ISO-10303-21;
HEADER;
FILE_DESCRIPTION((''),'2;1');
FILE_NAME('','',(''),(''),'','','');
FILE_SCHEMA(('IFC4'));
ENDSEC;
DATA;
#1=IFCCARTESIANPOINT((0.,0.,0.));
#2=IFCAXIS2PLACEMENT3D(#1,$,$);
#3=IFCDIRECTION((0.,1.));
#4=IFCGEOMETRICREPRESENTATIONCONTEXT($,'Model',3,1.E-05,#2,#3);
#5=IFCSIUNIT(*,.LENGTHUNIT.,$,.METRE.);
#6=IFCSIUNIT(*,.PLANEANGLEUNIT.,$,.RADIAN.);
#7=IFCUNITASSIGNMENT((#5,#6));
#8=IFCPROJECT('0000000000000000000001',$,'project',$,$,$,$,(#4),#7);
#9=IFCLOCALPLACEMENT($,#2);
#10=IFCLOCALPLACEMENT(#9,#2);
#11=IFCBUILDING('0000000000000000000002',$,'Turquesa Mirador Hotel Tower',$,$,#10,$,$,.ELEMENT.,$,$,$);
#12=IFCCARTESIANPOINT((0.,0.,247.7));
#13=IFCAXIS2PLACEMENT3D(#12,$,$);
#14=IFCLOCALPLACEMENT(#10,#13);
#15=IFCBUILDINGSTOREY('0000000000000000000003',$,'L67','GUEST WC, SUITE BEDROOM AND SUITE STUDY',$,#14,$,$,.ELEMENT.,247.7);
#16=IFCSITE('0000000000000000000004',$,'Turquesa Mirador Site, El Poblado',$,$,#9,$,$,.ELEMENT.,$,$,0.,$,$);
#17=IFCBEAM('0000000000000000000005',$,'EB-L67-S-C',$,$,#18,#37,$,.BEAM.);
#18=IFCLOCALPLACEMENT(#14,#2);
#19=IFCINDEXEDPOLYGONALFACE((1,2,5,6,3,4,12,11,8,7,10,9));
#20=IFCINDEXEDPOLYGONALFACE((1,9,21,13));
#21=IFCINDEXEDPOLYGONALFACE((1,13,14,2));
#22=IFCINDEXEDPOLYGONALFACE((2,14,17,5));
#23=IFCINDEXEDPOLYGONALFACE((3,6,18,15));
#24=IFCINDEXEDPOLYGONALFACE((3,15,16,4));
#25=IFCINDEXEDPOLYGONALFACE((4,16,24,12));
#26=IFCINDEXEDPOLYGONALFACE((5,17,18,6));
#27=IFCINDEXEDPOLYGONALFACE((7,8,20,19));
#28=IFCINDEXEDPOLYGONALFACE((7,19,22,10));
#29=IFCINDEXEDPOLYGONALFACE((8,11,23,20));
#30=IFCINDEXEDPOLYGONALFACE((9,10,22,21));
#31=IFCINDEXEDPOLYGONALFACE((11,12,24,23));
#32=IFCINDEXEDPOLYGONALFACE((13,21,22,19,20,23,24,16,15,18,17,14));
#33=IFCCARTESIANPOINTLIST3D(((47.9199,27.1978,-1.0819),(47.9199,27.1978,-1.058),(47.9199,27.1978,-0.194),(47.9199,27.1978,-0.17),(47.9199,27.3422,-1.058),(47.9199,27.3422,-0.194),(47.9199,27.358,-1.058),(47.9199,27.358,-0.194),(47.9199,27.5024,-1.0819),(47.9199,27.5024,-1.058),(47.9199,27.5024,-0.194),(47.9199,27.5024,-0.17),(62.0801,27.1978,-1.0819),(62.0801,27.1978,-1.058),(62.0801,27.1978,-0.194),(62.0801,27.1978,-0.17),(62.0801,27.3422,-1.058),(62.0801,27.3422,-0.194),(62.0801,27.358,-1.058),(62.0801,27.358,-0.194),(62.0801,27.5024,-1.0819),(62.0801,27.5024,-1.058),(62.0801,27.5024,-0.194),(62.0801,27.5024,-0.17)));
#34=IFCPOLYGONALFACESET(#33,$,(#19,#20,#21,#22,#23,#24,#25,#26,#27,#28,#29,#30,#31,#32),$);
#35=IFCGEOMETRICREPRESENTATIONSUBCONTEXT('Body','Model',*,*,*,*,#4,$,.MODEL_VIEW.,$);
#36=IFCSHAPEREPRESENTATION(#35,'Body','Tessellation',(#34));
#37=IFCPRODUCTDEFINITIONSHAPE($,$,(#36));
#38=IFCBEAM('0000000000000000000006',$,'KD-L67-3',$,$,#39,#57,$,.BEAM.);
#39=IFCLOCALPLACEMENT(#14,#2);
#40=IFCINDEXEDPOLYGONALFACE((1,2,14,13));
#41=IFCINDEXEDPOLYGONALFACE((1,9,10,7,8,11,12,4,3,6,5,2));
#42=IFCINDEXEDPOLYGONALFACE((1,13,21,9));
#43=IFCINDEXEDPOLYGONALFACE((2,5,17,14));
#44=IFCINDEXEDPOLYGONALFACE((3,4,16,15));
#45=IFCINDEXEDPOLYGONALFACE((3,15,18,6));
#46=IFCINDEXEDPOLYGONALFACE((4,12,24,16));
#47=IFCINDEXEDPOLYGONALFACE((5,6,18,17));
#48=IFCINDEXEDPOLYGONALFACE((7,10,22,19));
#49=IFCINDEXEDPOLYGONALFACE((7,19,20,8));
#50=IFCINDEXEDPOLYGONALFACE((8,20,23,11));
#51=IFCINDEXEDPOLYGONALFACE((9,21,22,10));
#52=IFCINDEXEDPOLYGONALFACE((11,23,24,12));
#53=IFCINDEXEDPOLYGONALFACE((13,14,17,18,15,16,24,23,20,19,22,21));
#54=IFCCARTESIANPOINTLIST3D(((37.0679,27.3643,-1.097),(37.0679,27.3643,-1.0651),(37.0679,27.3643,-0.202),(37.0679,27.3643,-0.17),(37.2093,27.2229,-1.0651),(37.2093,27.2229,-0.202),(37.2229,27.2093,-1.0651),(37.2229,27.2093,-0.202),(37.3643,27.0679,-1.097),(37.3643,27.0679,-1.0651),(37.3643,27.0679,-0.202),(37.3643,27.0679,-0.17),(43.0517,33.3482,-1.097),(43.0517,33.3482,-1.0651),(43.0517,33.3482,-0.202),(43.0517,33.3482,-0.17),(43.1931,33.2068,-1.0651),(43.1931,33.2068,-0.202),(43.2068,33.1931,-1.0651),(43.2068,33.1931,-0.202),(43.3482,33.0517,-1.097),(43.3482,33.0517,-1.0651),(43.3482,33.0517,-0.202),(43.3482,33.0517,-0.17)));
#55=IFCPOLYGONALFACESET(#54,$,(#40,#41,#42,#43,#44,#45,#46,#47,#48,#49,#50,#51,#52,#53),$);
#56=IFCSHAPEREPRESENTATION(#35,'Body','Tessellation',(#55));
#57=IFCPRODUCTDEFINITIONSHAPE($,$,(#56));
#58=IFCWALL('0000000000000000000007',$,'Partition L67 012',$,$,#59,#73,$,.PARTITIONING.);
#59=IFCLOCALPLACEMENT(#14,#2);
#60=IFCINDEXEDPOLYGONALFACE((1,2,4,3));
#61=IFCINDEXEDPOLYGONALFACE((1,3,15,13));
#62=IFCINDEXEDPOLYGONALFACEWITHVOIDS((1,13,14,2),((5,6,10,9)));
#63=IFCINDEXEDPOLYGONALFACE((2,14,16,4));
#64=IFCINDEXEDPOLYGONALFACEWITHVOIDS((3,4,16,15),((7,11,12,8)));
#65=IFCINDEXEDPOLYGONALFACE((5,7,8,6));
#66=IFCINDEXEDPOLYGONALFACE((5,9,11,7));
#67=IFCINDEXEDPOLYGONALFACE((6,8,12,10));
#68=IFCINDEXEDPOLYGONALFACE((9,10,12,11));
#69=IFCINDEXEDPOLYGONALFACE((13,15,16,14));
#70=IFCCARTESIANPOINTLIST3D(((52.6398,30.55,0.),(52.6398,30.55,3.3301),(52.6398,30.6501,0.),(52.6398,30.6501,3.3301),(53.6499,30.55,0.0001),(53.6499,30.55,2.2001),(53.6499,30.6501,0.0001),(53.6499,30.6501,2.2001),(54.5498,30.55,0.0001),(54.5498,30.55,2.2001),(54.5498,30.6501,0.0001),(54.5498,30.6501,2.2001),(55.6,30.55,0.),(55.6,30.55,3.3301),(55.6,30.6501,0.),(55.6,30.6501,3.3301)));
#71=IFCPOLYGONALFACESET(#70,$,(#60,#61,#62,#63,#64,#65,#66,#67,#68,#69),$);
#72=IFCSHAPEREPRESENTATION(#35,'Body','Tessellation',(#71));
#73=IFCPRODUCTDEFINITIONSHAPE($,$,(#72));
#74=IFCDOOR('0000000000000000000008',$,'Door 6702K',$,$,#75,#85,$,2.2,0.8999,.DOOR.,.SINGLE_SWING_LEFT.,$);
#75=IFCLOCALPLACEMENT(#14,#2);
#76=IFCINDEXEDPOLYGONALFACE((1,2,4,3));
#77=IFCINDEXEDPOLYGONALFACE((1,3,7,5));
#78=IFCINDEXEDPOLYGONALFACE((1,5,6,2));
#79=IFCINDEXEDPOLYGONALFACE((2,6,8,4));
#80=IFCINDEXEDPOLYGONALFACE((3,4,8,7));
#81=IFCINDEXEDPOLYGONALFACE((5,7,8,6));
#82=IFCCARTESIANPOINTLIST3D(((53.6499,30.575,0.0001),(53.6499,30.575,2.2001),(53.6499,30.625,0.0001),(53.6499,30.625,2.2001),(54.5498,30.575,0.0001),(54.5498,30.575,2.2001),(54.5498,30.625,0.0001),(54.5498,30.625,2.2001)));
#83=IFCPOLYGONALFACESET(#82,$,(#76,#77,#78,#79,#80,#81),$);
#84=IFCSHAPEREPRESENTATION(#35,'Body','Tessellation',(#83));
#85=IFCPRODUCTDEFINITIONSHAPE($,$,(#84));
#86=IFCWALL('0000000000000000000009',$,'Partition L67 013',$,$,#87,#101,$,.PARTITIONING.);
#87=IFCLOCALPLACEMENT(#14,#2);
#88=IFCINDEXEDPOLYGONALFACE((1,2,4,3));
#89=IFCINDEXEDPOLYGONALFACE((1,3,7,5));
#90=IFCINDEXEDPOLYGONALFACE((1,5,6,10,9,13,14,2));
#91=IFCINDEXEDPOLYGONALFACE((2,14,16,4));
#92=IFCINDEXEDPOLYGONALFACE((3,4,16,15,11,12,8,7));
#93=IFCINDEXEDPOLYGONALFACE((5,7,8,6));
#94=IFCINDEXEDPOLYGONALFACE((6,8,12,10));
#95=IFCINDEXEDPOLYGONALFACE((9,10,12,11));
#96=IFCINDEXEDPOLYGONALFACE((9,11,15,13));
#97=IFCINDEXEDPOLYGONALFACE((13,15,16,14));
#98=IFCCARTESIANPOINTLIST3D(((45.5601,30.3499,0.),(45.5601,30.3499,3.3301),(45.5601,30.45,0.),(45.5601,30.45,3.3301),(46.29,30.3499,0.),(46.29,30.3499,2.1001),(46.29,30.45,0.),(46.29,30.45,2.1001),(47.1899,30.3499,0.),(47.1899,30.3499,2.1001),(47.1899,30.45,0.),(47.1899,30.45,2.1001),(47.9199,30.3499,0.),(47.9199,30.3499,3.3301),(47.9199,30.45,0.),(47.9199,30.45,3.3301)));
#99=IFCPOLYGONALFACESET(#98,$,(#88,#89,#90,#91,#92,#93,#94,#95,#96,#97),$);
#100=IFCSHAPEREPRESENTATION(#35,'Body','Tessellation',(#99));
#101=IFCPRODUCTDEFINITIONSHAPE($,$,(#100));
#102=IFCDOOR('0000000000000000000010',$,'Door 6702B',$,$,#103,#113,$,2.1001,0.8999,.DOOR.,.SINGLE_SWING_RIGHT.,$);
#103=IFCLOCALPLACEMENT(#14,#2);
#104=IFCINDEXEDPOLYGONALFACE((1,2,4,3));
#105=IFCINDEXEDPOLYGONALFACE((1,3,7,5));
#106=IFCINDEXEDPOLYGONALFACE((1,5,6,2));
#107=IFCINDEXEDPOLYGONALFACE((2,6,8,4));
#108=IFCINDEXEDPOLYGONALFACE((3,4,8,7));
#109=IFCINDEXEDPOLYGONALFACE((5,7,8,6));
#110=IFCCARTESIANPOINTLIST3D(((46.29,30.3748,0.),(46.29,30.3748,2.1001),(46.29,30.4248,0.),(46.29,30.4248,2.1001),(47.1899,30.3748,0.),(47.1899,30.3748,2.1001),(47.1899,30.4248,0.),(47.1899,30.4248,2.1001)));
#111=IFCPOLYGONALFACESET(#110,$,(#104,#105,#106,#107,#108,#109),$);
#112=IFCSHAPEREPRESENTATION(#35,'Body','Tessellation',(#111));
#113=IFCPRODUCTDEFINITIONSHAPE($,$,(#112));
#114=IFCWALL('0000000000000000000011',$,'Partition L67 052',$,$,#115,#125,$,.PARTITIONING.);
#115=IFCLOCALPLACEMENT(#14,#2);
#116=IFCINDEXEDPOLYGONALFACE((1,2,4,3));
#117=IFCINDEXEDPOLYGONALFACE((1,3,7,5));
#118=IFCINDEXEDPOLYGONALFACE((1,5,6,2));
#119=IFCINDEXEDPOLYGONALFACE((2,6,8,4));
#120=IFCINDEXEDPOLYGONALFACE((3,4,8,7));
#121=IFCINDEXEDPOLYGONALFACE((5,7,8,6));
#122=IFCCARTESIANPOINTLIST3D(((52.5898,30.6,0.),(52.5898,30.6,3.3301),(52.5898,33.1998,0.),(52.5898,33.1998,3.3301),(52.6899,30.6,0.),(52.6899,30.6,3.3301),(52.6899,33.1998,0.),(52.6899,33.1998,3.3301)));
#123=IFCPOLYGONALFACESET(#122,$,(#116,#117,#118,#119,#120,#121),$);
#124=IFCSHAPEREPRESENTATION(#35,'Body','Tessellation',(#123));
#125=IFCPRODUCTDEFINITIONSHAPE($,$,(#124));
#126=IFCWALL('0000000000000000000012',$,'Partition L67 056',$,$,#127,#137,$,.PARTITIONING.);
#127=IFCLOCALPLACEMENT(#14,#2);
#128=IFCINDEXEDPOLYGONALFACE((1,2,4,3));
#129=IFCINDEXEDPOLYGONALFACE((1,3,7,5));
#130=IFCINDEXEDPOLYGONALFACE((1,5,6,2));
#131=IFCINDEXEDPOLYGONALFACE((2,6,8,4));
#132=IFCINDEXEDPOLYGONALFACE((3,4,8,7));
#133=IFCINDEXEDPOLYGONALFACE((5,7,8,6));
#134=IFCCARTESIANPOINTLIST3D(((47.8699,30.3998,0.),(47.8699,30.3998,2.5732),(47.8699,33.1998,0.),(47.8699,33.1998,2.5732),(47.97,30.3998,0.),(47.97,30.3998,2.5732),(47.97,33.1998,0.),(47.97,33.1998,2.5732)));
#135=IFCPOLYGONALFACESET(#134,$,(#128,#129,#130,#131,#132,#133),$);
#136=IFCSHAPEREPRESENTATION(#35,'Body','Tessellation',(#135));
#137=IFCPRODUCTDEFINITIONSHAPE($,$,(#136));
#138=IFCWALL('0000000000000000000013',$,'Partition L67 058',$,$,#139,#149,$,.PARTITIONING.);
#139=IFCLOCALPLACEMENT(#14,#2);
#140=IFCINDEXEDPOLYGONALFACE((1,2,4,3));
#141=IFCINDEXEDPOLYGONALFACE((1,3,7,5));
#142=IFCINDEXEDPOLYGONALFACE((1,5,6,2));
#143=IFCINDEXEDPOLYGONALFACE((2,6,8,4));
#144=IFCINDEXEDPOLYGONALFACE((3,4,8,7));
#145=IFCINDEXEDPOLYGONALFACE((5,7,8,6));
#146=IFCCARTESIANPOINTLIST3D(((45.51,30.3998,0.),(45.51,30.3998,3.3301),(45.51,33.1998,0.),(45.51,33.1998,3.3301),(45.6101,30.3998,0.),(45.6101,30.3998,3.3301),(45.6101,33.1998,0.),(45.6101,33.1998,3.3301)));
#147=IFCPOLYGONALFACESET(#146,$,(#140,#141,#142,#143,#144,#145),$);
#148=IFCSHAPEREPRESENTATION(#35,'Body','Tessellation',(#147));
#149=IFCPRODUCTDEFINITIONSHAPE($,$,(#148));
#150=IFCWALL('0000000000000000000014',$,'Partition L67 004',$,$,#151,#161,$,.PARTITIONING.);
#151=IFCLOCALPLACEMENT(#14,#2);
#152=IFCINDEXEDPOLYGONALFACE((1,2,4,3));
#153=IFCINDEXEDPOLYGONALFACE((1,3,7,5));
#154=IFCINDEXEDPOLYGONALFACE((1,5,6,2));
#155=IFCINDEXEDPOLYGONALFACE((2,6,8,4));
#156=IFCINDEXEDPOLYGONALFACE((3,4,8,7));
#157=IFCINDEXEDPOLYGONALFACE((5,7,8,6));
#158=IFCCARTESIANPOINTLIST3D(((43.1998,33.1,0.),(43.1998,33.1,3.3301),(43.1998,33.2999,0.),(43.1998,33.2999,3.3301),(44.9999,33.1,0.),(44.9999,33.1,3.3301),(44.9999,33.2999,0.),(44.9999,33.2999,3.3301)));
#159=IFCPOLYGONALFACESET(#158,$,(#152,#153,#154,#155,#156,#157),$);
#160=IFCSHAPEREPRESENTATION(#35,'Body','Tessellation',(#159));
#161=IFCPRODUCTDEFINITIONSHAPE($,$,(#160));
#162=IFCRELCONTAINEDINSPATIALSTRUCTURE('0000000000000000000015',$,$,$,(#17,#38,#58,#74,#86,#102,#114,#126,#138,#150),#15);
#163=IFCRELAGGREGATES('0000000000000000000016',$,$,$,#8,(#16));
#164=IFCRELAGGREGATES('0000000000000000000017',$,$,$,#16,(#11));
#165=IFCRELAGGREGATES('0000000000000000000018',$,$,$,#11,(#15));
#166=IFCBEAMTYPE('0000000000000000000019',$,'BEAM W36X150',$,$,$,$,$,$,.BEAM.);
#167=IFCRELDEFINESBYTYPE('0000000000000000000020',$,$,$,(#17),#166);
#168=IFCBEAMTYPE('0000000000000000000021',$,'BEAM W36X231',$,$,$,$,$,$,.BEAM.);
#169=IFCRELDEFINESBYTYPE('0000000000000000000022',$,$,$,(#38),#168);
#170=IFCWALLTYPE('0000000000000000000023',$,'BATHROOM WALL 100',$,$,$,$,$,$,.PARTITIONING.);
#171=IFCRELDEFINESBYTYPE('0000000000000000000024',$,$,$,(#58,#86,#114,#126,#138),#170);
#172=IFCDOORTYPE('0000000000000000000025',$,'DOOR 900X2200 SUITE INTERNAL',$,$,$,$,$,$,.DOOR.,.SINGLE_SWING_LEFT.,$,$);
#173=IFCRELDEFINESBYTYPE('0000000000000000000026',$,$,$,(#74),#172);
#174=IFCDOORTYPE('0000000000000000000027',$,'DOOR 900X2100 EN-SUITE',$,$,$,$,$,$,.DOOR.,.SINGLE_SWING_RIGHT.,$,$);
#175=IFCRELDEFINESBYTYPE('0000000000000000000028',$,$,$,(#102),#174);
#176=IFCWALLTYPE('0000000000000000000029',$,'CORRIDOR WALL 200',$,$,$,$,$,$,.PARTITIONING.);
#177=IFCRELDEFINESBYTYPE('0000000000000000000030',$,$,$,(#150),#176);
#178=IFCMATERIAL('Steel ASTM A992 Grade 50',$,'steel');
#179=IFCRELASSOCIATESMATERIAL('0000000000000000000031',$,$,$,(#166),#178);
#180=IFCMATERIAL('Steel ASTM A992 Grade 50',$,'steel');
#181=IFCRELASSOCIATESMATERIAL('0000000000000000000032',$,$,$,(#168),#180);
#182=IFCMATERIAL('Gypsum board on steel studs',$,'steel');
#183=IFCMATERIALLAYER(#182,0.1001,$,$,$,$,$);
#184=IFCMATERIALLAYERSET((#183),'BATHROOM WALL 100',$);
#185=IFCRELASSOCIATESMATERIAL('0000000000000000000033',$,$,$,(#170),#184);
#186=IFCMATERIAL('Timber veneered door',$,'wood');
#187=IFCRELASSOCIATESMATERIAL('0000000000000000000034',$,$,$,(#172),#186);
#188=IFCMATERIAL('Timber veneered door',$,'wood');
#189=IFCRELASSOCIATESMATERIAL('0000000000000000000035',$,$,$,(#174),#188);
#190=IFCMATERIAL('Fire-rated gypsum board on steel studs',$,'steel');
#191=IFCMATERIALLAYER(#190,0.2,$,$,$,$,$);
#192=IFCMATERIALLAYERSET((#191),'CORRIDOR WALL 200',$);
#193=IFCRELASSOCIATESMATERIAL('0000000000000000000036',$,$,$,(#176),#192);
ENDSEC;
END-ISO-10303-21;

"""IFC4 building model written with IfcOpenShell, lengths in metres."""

from ifc_helpers import new_model, si_unit, direction, frame, frame_2d, origin, origin_2d, place, context, subcontext, project, spatial, rectangle, i_section, extrude, material, layer, layer_set, material_profile, profile_set, type_object, element, fill, save


model = new_model("IFC4")

# Units and contexts
model_context = context("Model", 3, precision=1e-05, world=origin(), true_north=direction((0.0, 1.0)))
body_context = subcontext(model_context, "Body", "Model", "MODEL_VIEW")
ifc_project = project(units=[si_unit("LENGTHUNIT", "METRE"), si_unit("PLANEANGLEUNIT", "RADIAN")], contexts=[model_context])

# Site, building, storey
site_placement = place(None, origin())
site = spatial("IfcSite", under=ifc_project, at=site_placement, Name="Turquesa Mirador Site, El Poblado", CompositionType="ELEMENT", RefElevation=0.0)
building_placement = place(site_placement, origin())
building = spatial("IfcBuilding", under=site, at=building_placement, Name="Turquesa Mirador Hotel Tower", CompositionType="ELEMENT")
storey_placement = place(building_placement, frame((0.0, 0.0, 247.7)))
storey = spatial("IfcBuildingStorey", under=building, at=storey_placement, Name="L67", Description="GUEST WC, SUITE BEDROOM AND SUITE STUDY", CompositionType="ELEMENT", Elevation=247.7)

# Beams
ifc_material_1 = material(Name="Steel ASTM A992 Grade 50", Category="steel")
ifc_material_profile_1 = material_profile(ifc_material_1, i_section(OverallWidth=0.3047, OverallDepth=0.9119, WebThickness=0.0159, FlangeThickness=0.0239, at=origin_2d()), Name="W36X150")
ifc_profile_set_1 = profile_set([ifc_material_profile_1], Name="Steel ASTM A992 Grade 50")
beam_type_1 = type_object("IfcBeamType", Name="BEAM W36X150", PredefinedType="BEAM", material=ifc_profile_set_1)
beam_1_placement = place(storey_placement, frame((47.9199, 27.3501, -0.626), z_axis=(1.0, 0.0, 0.0), x_axis=(0.0, 1.0, 0.0)))
element("IfcBeam", 1, at=beam_1_placement, inside=storey, type_object=beam_type_1, Name="EB-L67-S-C", PredefinedType="BEAM", context=body_context, shape_type="SweptSolid", body=[
    extrude(i_section(OverallWidth=0.3047, OverallDepth=0.9119, WebThickness=0.0159, FlangeThickness=0.0239, at=origin_2d()), origin(), (0.0, 0.0, 1.0), 14.1602),
])
ifc_material_2 = material(Name="Steel ASTM A992 Grade 50", Category="steel")
ifc_material_profile_2 = material_profile(ifc_material_2, i_section(OverallWidth=0.4192, OverallDepth=0.927, WebThickness=0.0193, FlangeThickness=0.032, at=origin_2d()), Name="W36X231")
ifc_profile_set_2 = profile_set([ifc_material_profile_2], Name="Steel ASTM A992 Grade 50")
beam_type_2 = type_object("IfcBeamType", Name="BEAM W36X231", PredefinedType="BEAM", material=ifc_profile_set_2)
beam_2_placement = place(storey_placement, frame((43.2, 33.2, -0.6335), z_axis=(-0.707107, -0.707107, 0.0), x_axis=(0.707107, -0.707107, 0.0)))
element("IfcBeam", 2, at=beam_2_placement, inside=storey, type_object=beam_type_2, Name="KD-L67-3", PredefinedType="BEAM", context=body_context, shape_type="SweptSolid", body=[
    extrude(i_section(OverallWidth=0.4192, OverallDepth=0.927, WebThickness=0.0193, FlangeThickness=0.032, at=origin_2d()), origin(), (0.0, 0.0, 1.0), 8.4624),
])

# Walls, openings, doors
ifc_material_3 = material(Name="Gypsum board on steel studs", Category="steel")
ifc_layer_1 = layer(ifc_material_3, 0.1001)
ifc_layer_set_1 = layer_set([ifc_layer_1], Name="BATHROOM WALL 100")
wall_type_1 = type_object("IfcWallType", Name="BATHROOM WALL 100", PredefinedType="PARTITIONING", material=ifc_layer_set_1)
wall_1_placement = place(storey_placement, frame((52.6399, 30.6001, 0.0), z_axis=(0.0, 0.0, 1.0), x_axis=(1.0, 0.0, 0.0)))
wall_1 = element("IfcWall", 3, at=wall_1_placement, inside=storey, type_object=wall_type_1, Name="Partition L67 012", PredefinedType="PARTITIONING", context=body_context, shape_type="SweptSolid", body=[
    extrude(rectangle(XDim=2.9602, YDim=0.1001, at=frame_2d((1.48, 0.0))), origin(), (0.0, 0.0, 1.0), 3.3301),
])
opening_1_placement = place(wall_1_placement, frame((1.01, 0.0, 0.0)))
opening_1 = element("IfcOpeningElement", 4, at=opening_1_placement, cuts=wall_1, PredefinedType="OPENING", context=body_context, shape_type="SweptSolid", body=[
    extrude(rectangle(XDim=0.8999, YDim=2.2, at=frame_2d((0.45, 1.1001))), frame((0.0, 0.0601, 0.0), z_axis=(0.0, -1.0, 0.0), x_axis=(1.0, 0.0, 0.0)), (0.0, 0.0, 1.0), 0.1201),
])
ifc_material_4 = material(Name="Timber veneered door", Category="wood")
door_type_1 = type_object("IfcDoorType", Name="DOOR 900X2200 SUITE INTERNAL", OperationType="SINGLE_SWING_LEFT", PredefinedType="DOOR", material=ifc_material_4)
door_1_placement = place(opening_1_placement, origin())
door_1 = element("IfcDoor", 5, at=door_1_placement, inside=storey, type_object=door_type_1, Name="Door 6702K", OperationType="SINGLE_SWING_LEFT", OverallHeight=2.2, OverallWidth=0.8999, PredefinedType="DOOR", context=body_context, shape_type="SweptSolid", body=[
    extrude(rectangle(XDim=0.8999, YDim=2.2, at=frame_2d((0.45, 1.1001))), frame((0.0, 0.0249, 0.0), z_axis=(0.0, -1.0, 0.0), x_axis=(1.0, 0.0, 0.0)), (0.0, 0.0, 1.0), 0.05),
])
fill(opening_1, door_1)
wall_2_placement = place(storey_placement, frame((45.5601, 30.3999, 0.0), z_axis=(0.0, 0.0, 1.0), x_axis=(1.0, 0.0, 0.0)))
wall_2 = element("IfcWall", 6, at=wall_2_placement, inside=storey, type_object=wall_type_1, Name="Partition L67 013", PredefinedType="PARTITIONING", context=body_context, shape_type="SweptSolid", body=[
    extrude(rectangle(XDim=2.3599, YDim=0.1001, at=frame_2d((1.1799, 0.0))), origin(), (0.0, 0.0, 1.0), 3.3301),
])
opening_2_placement = place(wall_2_placement, frame((0.73, 0.0, 0.0)))
opening_2 = element("IfcOpeningElement", 7, at=opening_2_placement, cuts=wall_2, PredefinedType="OPENING", context=body_context, shape_type="SweptSolid", body=[
    extrude(rectangle(XDim=0.8999, YDim=2.1001, at=frame_2d((0.45, 1.05))), frame((0.0, 0.0601, 0.0), z_axis=(0.0, -1.0, 0.0), x_axis=(1.0, 0.0, 0.0)), (0.0, 0.0, 1.0), 0.1201),
])
ifc_material_5 = material(Name="Timber veneered door", Category="wood")
door_type_2 = type_object("IfcDoorType", Name="DOOR 900X2100 EN-SUITE", OperationType="SINGLE_SWING_RIGHT", PredefinedType="DOOR", material=ifc_material_5)
door_2_placement = place(opening_2_placement, origin())
door_2 = element("IfcDoor", 8, at=door_2_placement, inside=storey, type_object=door_type_2, Name="Door 6702B", OperationType="SINGLE_SWING_RIGHT", OverallHeight=2.1001, OverallWidth=0.8999, PredefinedType="DOOR", context=body_context, shape_type="SweptSolid", body=[
    extrude(rectangle(XDim=0.8999, YDim=2.1001, at=frame_2d((0.45, 1.05))), frame((0.0, 0.0249, 0.0), z_axis=(0.0, -1.0, 0.0), x_axis=(1.0, 0.0, 0.0)), (0.0, 0.0, 1.0), 0.05),
])
fill(opening_2, door_2)

# Walls
wall_3_placement = place(storey_placement, frame((52.6399, 30.6001, 0.0), z_axis=(0.0, 0.0, 1.0), x_axis=(0.0, 1.0, 0.0)))
element("IfcWall", 9, at=wall_3_placement, inside=storey, type_object=wall_type_1, Name="Partition L67 052", PredefinedType="PARTITIONING", context=body_context, shape_type="SweptSolid", body=[
    extrude(rectangle(XDim=2.5999, YDim=0.1001, at=frame_2d((1.2998, 0.0))), origin(), (0.0, 0.0, 1.0), 3.3301),
])
wall_4_placement = place(storey_placement, frame((47.9199, 30.3999, 0.0), z_axis=(0.0, 0.0, 1.0), x_axis=(0.0, 1.0, 0.0)))
element("IfcWall", 10, at=wall_4_placement, inside=storey, type_object=wall_type_1, Name="Partition L67 056", PredefinedType="PARTITIONING", context=body_context, shape_type="SweptSolid", body=[
    extrude(rectangle(XDim=2.8, YDim=0.1001, at=frame_2d((1.3999, 0.0))), origin(), (0.0, 0.0, 1.0), 2.5732),
])
wall_5_placement = place(storey_placement, frame((45.5601, 30.3999, 0.0), z_axis=(0.0, 0.0, 1.0), x_axis=(0.0, 1.0, 0.0)))
element("IfcWall", 11, at=wall_5_placement, inside=storey, type_object=wall_type_1, Name="Partition L67 058", PredefinedType="PARTITIONING", context=body_context, shape_type="SweptSolid", body=[
    extrude(rectangle(XDim=2.8, YDim=0.1001, at=frame_2d((1.3999, 0.0))), origin(), (0.0, 0.0, 1.0), 3.3301),
])
ifc_material_6 = material(Name="Fire-rated gypsum board on steel studs", Category="steel")
ifc_layer_2 = layer(ifc_material_6, 0.2)
ifc_layer_set_2 = layer_set([ifc_layer_2], Name="CORRIDOR WALL 200")
wall_type_2 = type_object("IfcWallType", Name="CORRIDOR WALL 200", PredefinedType="PARTITIONING", material=ifc_layer_set_2)
wall_6_placement = place(storey_placement, frame((43.2, 33.2, 0.0), z_axis=(0.0, 0.0, 1.0), x_axis=(1.0, 0.0, 0.0)))
element("IfcWall", 12, at=wall_6_placement, inside=storey, type_object=wall_type_2, Name="Partition L67 004", PredefinedType="PARTITIONING", context=body_context, shape_type="SweptSolid", body=[
    extrude(rectangle(XDim=1.8, YDim=0.2, at=frame_2d((0.8999, 0.0))), origin(), (0.0, 0.0, 1.0), 3.3301),
])

save(model, "model.ifc")
